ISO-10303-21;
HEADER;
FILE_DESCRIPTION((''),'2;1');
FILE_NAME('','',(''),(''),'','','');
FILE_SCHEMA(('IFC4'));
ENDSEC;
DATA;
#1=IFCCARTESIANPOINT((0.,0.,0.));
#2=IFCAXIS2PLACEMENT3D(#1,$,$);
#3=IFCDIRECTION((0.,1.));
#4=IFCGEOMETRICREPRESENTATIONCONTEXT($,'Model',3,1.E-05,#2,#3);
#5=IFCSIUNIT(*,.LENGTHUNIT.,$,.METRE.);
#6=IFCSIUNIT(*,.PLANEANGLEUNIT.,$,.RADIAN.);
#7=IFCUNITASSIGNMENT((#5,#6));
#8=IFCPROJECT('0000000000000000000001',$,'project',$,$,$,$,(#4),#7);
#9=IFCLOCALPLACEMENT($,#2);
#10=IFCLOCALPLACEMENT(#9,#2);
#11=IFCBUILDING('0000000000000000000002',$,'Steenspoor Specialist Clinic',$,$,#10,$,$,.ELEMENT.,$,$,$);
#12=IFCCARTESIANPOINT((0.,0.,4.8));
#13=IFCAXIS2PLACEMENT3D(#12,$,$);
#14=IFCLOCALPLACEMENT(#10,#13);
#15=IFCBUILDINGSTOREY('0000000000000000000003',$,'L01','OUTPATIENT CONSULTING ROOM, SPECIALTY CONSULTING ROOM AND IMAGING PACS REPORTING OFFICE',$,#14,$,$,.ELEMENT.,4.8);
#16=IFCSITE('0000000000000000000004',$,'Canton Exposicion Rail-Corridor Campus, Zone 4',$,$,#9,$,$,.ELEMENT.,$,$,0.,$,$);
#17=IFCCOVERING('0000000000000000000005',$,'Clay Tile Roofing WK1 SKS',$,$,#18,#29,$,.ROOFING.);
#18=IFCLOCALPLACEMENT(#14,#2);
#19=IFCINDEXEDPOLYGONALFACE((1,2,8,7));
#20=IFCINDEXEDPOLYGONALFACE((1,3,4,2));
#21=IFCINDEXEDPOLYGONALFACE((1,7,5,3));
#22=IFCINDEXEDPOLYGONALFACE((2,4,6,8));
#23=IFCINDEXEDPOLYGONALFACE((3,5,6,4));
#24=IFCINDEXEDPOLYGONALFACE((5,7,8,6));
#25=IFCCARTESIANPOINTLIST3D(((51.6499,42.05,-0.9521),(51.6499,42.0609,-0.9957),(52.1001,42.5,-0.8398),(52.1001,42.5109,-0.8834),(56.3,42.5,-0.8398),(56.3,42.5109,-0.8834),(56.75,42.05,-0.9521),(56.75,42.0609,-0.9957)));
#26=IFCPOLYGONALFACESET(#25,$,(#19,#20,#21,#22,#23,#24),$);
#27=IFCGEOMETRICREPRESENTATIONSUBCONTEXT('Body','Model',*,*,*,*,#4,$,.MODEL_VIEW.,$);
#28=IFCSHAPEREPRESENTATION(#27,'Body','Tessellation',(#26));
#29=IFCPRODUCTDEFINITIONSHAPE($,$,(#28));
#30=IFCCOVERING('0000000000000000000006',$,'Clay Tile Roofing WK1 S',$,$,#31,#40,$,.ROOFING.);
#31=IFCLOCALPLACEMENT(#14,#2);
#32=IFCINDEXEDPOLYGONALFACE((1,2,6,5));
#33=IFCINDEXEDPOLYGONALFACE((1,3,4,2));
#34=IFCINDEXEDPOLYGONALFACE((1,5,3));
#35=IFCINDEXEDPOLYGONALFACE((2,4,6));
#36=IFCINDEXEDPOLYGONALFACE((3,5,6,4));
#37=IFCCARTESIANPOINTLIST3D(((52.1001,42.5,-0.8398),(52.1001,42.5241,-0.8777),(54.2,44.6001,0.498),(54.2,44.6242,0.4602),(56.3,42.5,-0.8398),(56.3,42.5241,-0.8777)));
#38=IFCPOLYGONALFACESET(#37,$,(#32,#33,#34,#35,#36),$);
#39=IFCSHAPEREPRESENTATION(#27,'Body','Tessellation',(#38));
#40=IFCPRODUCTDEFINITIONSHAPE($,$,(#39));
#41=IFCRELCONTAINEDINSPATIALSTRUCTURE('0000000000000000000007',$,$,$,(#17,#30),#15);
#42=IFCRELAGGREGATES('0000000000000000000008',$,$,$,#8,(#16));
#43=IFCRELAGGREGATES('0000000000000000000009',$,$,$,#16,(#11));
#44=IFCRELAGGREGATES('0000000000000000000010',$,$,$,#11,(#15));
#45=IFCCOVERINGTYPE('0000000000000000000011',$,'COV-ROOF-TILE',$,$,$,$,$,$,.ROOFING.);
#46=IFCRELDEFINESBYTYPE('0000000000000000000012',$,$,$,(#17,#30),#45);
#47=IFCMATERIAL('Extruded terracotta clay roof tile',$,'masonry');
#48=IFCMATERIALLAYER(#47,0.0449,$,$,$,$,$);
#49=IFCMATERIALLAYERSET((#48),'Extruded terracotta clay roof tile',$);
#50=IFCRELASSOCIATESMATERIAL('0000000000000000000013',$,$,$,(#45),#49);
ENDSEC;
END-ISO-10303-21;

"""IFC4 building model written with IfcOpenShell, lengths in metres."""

from ifc_helpers import new_model, si_unit, direction, frame, origin, place, context, subcontext, project, spatial, polyline, outline, extrude, material, layer, layer_set, type_object, element, save


model = new_model("IFC4")

# Units and contexts
model_context = context("Model", 3, precision=1e-05, world=origin(), true_north=direction((0.0, 1.0)))
body_context = subcontext(model_context, "Body", "Model", "MODEL_VIEW")
ifc_project = project(units=[si_unit("LENGTHUNIT", "METRE"), si_unit("PLANEANGLEUNIT", "RADIAN")], contexts=[model_context])

# Site, building, storey
site_placement = place(None, origin())
site = spatial("IfcSite", under=ifc_project, at=site_placement, Name="Canton Exposicion Rail-Corridor Campus, Zone 4", CompositionType="ELEMENT", RefElevation=0.0)
building_placement = place(site_placement, origin())
building = spatial("IfcBuilding", under=site, at=building_placement, Name="Steenspoor Specialist Clinic", CompositionType="ELEMENT")
storey_placement = place(building_placement, frame((0.0, 0.0, 4.8)))
storey = spatial("IfcBuildingStorey", under=building, at=storey_placement, Name="L01", Description="OUTPATIENT CONSULTING ROOM, SPECIALTY CONSULTING ROOM AND IMAGING PACS REPORTING OFFICE", CompositionType="ELEMENT", Elevation=4.8)

# Shared definitions
ifc_material_1 = material(Name="Extruded terracotta clay roof tile", Category="masonry")

# Coverings
ifc_layer_1 = layer(ifc_material_1, 0.0449)
ifc_layer_set_1 = layer_set([ifc_layer_1], Name="Extruded terracotta clay roof tile")
covering_type = type_object("IfcCoveringType", Name="COV-ROOF-TILE", PredefinedType="ROOFING", material=ifc_layer_set_1)
covering_1_placement = place(storey_placement, frame((51.6499, 42.05, -0.9521), z_axis=(0.0, -0.242164, 0.970235), x_axis=(1.0, 0.0, 0.0)))
element("IfcCovering", 1, at=covering_1_placement, inside=storey, type_object=covering_type, Name="Clay Tile Roofing WK1 SKS", PredefinedType="ROOFING", context=body_context, shape_type="SweptSolid", body=[
    extrude(outline(polyline([(0.0, 0.0), (5.1001, 0.0), (4.6501, 0.4638), (0.4502, 0.4638), (0.0, 0.0)])), origin(), (0.0, 0.0, -1.0), 0.0449),
])
covering_2_placement = place(storey_placement, frame((52.1001, 42.5, -0.8398), z_axis=(0.0, -0.537294, 0.843395), x_axis=(1.0, 0.0, 0.0)))
element("IfcCovering", 2, at=covering_2_placement, inside=storey, type_object=covering_type, Name="Clay Tile Roofing WK1 S", PredefinedType="ROOFING", context=body_context, shape_type="SweptSolid", body=[
    extrude(outline(polyline([(0.0, 0.0), (4.2, 0.0), (2.0999, 2.4901), (0.0, 0.0)])), origin(), (0.0, 0.0, -1.0), 0.0449),
])

save(model, "model.ifc")
